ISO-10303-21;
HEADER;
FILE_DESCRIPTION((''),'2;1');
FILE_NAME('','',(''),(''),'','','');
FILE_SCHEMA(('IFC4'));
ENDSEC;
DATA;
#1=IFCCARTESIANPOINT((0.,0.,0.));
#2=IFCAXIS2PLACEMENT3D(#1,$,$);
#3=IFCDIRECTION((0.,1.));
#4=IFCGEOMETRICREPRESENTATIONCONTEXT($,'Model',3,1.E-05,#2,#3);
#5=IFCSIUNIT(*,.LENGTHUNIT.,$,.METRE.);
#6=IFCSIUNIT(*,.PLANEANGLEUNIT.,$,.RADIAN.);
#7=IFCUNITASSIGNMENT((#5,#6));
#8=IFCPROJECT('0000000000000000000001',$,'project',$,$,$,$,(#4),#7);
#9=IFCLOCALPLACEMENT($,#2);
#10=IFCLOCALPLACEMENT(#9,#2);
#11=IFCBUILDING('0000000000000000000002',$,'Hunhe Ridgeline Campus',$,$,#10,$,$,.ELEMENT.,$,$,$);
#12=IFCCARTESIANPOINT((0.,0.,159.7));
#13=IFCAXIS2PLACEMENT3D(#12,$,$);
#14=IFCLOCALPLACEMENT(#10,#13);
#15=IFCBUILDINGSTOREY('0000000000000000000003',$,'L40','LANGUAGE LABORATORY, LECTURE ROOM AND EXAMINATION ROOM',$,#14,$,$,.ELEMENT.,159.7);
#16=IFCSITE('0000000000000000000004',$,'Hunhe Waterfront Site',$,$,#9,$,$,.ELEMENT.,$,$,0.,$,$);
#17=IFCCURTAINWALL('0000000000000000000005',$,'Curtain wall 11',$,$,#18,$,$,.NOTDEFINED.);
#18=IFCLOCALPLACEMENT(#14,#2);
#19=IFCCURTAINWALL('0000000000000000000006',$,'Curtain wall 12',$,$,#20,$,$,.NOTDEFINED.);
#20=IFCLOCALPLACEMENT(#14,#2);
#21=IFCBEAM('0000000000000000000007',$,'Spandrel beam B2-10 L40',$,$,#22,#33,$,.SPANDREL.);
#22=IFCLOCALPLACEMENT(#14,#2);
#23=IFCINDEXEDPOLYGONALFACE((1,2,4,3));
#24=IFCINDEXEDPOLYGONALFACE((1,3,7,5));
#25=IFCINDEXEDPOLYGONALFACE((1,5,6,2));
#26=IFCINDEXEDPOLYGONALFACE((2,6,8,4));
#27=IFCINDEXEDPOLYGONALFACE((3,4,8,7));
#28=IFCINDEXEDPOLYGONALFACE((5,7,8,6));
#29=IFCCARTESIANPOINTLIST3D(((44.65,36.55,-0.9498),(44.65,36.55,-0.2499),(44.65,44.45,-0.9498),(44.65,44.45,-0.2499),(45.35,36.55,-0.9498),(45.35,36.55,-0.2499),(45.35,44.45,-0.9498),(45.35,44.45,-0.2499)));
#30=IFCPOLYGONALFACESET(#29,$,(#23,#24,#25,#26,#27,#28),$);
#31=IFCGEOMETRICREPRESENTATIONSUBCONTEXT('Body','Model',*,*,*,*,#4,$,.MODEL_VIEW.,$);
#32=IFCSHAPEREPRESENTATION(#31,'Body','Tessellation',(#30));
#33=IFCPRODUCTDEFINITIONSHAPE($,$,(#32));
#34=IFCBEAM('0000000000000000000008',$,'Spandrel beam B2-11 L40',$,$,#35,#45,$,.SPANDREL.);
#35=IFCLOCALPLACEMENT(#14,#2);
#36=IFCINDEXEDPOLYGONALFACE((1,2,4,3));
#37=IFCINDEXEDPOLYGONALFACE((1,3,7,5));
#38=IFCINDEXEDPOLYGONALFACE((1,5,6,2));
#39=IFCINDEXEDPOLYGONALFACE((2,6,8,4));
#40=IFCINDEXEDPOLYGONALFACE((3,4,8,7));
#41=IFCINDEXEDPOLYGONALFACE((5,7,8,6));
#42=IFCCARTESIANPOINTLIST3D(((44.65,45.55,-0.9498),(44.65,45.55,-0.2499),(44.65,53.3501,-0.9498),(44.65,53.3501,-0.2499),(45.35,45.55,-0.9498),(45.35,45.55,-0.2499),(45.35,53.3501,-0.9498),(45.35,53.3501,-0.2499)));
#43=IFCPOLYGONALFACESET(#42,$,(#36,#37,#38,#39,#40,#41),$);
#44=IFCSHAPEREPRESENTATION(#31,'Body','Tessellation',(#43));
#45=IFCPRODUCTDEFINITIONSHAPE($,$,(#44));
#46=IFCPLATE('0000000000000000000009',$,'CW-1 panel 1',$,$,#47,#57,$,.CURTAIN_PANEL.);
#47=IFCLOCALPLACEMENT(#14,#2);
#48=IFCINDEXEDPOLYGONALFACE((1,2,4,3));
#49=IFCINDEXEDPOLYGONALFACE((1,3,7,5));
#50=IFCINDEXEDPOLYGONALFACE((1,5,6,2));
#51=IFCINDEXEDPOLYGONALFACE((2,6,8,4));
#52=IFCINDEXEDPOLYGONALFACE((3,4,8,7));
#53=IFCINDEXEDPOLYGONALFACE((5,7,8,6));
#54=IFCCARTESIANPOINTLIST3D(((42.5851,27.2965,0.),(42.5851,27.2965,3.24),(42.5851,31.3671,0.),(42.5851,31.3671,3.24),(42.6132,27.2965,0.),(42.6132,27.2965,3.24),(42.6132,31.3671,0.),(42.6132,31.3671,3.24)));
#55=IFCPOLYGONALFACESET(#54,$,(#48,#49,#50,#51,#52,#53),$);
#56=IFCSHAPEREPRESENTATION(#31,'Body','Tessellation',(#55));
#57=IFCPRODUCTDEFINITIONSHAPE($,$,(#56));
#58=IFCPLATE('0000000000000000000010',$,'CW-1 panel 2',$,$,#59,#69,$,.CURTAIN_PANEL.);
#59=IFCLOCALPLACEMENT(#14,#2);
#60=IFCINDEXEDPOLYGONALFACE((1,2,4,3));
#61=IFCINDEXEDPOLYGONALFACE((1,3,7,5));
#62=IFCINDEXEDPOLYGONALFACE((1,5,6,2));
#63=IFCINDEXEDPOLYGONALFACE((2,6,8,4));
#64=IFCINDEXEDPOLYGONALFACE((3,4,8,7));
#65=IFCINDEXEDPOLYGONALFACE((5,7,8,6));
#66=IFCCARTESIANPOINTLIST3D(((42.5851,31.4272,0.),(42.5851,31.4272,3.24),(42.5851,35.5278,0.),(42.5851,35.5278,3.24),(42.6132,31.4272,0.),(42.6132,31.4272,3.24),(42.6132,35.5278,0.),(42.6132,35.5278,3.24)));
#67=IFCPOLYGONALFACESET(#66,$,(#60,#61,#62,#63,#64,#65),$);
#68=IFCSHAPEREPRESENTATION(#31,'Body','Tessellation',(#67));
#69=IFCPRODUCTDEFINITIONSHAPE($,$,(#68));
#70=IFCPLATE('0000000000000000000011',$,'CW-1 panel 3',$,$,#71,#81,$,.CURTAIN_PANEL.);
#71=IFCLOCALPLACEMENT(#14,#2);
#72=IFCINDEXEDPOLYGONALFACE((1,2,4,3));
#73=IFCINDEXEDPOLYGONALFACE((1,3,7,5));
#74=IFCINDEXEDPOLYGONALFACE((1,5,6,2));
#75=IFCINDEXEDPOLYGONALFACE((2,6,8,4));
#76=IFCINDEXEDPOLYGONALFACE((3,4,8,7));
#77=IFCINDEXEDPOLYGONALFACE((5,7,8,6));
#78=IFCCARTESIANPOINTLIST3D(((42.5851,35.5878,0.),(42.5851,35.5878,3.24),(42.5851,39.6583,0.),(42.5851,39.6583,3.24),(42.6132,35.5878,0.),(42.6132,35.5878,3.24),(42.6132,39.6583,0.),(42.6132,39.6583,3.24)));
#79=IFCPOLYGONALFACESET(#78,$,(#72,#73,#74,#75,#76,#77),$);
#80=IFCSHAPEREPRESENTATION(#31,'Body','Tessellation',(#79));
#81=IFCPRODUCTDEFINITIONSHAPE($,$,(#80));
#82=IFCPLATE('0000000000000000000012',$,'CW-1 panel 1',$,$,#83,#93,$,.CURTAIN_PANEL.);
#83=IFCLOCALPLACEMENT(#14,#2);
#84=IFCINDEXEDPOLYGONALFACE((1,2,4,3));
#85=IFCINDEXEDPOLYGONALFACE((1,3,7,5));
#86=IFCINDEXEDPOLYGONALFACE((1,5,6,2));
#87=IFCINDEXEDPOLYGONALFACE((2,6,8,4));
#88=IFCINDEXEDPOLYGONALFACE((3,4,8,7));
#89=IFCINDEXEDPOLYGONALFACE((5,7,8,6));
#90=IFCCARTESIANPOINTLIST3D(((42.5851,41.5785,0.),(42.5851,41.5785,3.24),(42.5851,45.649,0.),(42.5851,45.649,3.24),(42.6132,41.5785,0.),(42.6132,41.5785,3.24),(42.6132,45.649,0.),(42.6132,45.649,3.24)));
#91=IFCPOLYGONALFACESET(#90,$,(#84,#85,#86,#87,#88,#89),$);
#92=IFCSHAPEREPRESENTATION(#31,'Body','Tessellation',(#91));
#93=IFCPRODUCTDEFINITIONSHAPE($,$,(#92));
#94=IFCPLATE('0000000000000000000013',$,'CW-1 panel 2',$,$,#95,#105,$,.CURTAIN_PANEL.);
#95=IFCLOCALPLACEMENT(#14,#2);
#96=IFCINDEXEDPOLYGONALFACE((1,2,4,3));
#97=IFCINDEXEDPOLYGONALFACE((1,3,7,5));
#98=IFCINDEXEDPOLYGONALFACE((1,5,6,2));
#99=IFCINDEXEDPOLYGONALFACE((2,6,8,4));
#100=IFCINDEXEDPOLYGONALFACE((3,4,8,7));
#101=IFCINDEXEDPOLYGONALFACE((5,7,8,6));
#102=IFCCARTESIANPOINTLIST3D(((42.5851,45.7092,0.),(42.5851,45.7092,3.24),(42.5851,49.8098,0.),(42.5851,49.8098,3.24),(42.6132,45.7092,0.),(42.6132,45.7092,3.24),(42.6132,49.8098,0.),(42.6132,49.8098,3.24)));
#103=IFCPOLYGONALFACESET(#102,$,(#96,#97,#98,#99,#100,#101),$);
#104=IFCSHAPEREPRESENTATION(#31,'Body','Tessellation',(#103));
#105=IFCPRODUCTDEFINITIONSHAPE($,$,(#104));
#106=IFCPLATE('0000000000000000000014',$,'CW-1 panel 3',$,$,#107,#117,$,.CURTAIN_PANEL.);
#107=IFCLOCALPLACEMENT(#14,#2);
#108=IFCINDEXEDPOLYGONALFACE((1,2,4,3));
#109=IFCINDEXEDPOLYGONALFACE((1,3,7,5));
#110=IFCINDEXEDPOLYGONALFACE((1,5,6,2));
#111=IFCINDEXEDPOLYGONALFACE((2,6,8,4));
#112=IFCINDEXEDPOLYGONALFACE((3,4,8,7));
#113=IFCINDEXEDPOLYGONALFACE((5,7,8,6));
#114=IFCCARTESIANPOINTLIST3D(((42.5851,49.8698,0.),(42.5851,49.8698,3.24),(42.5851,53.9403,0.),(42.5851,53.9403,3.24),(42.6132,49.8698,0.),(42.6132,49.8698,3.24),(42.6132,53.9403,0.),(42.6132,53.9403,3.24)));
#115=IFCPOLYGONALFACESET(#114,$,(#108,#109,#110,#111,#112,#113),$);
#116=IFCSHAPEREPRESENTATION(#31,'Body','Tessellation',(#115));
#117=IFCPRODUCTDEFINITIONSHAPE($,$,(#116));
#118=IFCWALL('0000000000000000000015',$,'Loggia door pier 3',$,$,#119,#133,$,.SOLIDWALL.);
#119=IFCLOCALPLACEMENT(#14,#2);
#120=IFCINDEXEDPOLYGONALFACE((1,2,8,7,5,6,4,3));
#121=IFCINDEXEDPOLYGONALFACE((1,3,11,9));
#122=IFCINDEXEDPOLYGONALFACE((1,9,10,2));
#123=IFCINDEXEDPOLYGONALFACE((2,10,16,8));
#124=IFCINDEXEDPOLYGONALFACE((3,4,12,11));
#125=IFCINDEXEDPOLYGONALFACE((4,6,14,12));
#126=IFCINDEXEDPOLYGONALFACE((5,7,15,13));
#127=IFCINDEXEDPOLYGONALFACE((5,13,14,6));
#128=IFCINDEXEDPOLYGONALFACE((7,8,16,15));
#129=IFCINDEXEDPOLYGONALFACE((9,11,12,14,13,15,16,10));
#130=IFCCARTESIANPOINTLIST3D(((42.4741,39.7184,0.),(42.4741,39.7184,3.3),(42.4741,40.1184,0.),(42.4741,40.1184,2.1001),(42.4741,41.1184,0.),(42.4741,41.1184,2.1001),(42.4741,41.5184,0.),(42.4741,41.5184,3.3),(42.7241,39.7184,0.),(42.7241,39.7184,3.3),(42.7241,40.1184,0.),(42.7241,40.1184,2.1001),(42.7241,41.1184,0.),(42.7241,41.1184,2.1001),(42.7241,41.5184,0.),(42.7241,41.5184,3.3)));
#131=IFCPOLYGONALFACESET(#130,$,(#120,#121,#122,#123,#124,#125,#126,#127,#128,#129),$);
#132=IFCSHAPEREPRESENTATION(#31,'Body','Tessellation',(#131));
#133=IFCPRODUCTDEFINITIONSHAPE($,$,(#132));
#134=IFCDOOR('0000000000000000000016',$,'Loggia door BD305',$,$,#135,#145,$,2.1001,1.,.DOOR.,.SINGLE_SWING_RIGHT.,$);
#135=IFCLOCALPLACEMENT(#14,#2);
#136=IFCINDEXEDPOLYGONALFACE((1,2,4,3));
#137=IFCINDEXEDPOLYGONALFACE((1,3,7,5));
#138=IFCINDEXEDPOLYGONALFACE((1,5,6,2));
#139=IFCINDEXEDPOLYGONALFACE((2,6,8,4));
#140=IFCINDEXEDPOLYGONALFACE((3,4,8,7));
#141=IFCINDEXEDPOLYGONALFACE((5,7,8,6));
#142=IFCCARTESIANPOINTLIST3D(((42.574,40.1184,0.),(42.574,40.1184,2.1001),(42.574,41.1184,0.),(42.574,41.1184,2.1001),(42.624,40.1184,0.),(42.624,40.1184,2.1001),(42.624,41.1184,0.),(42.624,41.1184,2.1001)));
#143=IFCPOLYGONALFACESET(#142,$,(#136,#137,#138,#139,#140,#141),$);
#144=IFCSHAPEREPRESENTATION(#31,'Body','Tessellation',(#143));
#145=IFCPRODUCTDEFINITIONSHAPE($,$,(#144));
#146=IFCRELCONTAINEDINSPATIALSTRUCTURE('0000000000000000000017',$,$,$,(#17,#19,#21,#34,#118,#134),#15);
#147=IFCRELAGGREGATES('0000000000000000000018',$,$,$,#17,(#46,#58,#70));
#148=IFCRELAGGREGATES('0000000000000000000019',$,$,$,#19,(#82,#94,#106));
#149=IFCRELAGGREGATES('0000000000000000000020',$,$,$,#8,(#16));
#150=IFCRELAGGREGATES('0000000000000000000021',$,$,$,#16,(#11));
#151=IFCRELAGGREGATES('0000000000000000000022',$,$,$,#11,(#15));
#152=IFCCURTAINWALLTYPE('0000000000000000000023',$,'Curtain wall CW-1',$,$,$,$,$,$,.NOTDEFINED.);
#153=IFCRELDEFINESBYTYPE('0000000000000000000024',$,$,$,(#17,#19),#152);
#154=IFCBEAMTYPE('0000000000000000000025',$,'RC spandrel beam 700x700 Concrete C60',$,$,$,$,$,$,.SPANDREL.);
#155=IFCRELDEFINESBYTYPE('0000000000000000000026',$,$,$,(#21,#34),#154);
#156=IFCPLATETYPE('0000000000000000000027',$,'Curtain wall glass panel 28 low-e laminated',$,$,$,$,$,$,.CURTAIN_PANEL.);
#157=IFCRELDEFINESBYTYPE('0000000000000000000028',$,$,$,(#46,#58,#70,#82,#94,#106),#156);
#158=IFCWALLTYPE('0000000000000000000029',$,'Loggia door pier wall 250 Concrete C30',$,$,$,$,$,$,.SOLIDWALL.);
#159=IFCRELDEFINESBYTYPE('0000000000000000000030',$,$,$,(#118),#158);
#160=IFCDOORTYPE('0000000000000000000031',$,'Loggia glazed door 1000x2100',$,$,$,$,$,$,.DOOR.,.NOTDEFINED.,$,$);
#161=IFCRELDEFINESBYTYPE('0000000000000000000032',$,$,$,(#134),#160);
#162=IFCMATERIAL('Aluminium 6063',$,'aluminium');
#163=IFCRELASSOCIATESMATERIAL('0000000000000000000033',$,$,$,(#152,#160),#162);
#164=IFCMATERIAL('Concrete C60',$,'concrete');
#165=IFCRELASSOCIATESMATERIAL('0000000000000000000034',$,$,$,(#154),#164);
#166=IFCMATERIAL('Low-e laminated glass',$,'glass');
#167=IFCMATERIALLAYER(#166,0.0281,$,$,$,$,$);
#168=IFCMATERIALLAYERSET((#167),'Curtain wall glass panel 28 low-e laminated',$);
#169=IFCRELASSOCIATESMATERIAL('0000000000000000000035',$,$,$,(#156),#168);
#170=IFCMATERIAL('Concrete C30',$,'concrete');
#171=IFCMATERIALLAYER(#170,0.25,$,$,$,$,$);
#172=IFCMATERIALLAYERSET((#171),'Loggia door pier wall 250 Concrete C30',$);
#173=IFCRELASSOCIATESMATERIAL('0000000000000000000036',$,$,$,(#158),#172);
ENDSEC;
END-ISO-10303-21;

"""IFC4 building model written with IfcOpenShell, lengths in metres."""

from ifc_helpers import new_model, si_unit, direction, frame, frame_2d, origin, origin_2d, place, context, subcontext, project, spatial, rectangle, extrude, material, layer, layer_set, material_profile, profile_set, type_object, element, fill, aggregate, save


model = new_model("IFC4")

# Units and contexts
model_context = context("Model", 3, precision=1e-05, world=origin(), true_north=direction((0.0, 1.0)))
body_context = subcontext(model_context, "Body", "Model", "MODEL_VIEW")
ifc_project = project(units=[si_unit("LENGTHUNIT", "METRE"), si_unit("PLANEANGLEUNIT", "RADIAN")], contexts=[model_context])

# Site, building, storey
site_placement = place(None, origin())
site = spatial("IfcSite", under=ifc_project, at=site_placement, Name="Hunhe Waterfront Site", CompositionType="ELEMENT", RefElevation=0.0)
building_placement = place(site_placement, origin())
building = spatial("IfcBuilding", under=site, at=building_placement, Name="Hunhe Ridgeline Campus", CompositionType="ELEMENT")
storey_placement = place(building_placement, frame((0.0, 0.0, 159.7)))
storey = spatial("IfcBuildingStorey", under=building, at=storey_placement, Name="L40", Description="LANGUAGE LABORATORY, LECTURE ROOM AND EXAMINATION ROOM", CompositionType="ELEMENT", Elevation=159.7)

# Curtain walls
ifc_material_1 = material(Name="Aluminium 6063", Category="aluminium")
curtain_wall_type = type_object("IfcCurtainWallType", Name="Curtain wall CW-1", PredefinedType="NOTDEFINED", material=ifc_material_1)
curtain_wall_1_placement = place(storey_placement, origin())
curtain_wall_1 = element("IfcCurtainWall", 1, at=curtain_wall_1_placement, inside=storey, type_object=curtain_wall_type, Name="Curtain wall 11", PredefinedType="NOTDEFINED")
curtain_wall_2_placement = place(storey_placement, origin())
curtain_wall_2 = element("IfcCurtainWall", 2, at=curtain_wall_2_placement, inside=storey, type_object=curtain_wall_type, Name="Curtain wall 12", PredefinedType="NOTDEFINED")

# Beams
ifc_material_2 = material(Name="Concrete C60", Category="concrete")
ifc_material_profile_1 = material_profile(ifc_material_2, rectangle(XDim=0.7, YDim=0.7, at=origin_2d()))
ifc_profile_set_1 = profile_set([ifc_material_profile_1], Name="Concrete C60")
beam_type = type_object("IfcBeamType", Name="RC spandrel beam 700x700 Concrete C60", PredefinedType="SPANDREL", material=ifc_profile_set_1)
beam_1_placement = place(storey_placement, frame((45.0, 36.55, -0.5999), z_axis=(0.0, 1.0, 0.0), x_axis=(-1.0, 0.0, 0.0)))
element("IfcBeam", 3, at=beam_1_placement, inside=storey, type_object=beam_type, Name="Spandrel beam B2-10 L40", PredefinedType="SPANDREL", context=body_context, shape_type="SweptSolid", body=[
    extrude(rectangle(XDim=0.7, YDim=0.7, at=origin_2d()), origin(), (0.0, 0.0, 1.0), 7.8999),
])
beam_2_placement = place(storey_placement, frame((45.0, 45.55, -0.5999), z_axis=(0.0, 1.0, 0.0), x_axis=(-1.0, 0.0, 0.0)))
element("IfcBeam", 4, at=beam_2_placement, inside=storey, type_object=beam_type, Name="Spandrel beam B2-11 L40", PredefinedType="SPANDREL", context=body_context, shape_type="SweptSolid", body=[
    extrude(rectangle(XDim=0.7, YDim=0.7, at=origin_2d()), origin(), (0.0, 0.0, 1.0), 7.8),
])

# Plates
ifc_material_3 = material(Name="Low-e laminated glass", Category="glass")
ifc_layer_1 = layer(ifc_material_3, 0.0281)
ifc_layer_set_1 = layer_set([ifc_layer_1], Name="Curtain wall glass panel 28 low-e laminated")
plate_type = type_object("IfcPlateType", Name="Curtain wall glass panel 28 low-e laminated", PredefinedType="CURTAIN_PANEL", material=ifc_layer_set_1)
plate_1_placement = place(storey_placement, frame((42.5991, 29.3318, 0.0), z_axis=(0.0, 0.0, 1.0), x_axis=(0.000004, 1.0, 0.0)))
plate_1 = element("IfcPlate", 5, at=plate_1_placement, type_object=plate_type, Name="CW-1 panel 1", PredefinedType="CURTAIN_PANEL", context=body_context, shape_type="SweptSolid", body=[
    extrude(rectangle(XDim=4.0706, YDim=0.0281, at=origin_2d()), origin(), (0.0, 0.0, 1.0), 3.24),
])
plate_2_placement = place(storey_placement, frame((42.5991, 33.4775, 0.0), z_axis=(0.0, 0.0, 1.0), x_axis=(0.000004, 1.0, 0.0)))
plate_2 = element("IfcPlate", 6, at=plate_2_placement, type_object=plate_type, Name="CW-1 panel 2", PredefinedType="CURTAIN_PANEL", context=body_context, shape_type="SweptSolid", body=[
    extrude(rectangle(XDim=4.1006, YDim=0.0281, at=origin_2d()), origin(), (0.0, 0.0, 1.0), 3.24),
])
plate_3_placement = place(storey_placement, frame((42.5991, 37.623, 0.0), z_axis=(0.0, 0.0, 1.0), x_axis=(0.000004, 1.0, 0.0)))
plate_3 = element("IfcPlate", 7, at=plate_3_placement, type_object=plate_type, Name="CW-1 panel 3", PredefinedType="CURTAIN_PANEL", context=body_context, shape_type="SweptSolid", body=[
    extrude(rectangle(XDim=4.0706, YDim=0.0281, at=origin_2d()), origin(), (0.0, 0.0, 1.0), 3.24),
])
aggregate(curtain_wall_1, [plate_1, plate_2, plate_3])
plate_4_placement = place(storey_placement, frame((42.5991, 43.6138, 0.0), z_axis=(0.0, 0.0, 1.0), x_axis=(0.000004, 1.0, 0.0)))
plate_4 = element("IfcPlate", 8, at=plate_4_placement, type_object=plate_type, Name="CW-1 panel 1", PredefinedType="CURTAIN_PANEL", context=body_context, shape_type="SweptSolid", body=[
    extrude(rectangle(XDim=4.0706, YDim=0.0281, at=origin_2d()), origin(), (0.0, 0.0, 1.0), 3.24),
])
plate_5_placement = place(storey_placement, frame((42.5991, 47.7595, 0.0), z_axis=(0.0, 0.0, 1.0), x_axis=(0.000004, 1.0, 0.0)))
plate_5 = element("IfcPlate", 9, at=plate_5_placement, type_object=plate_type, Name="CW-1 panel 2", PredefinedType="CURTAIN_PANEL", context=body_context, shape_type="SweptSolid", body=[
    extrude(rectangle(XDim=4.1006, YDim=0.0281, at=origin_2d()), origin(), (0.0, 0.0, 1.0), 3.24),
])
plate_6_placement = place(storey_placement, frame((42.5991, 51.905, 0.0), z_axis=(0.0, 0.0, 1.0), x_axis=(0.000004, 1.0, 0.0)))
plate_6 = element("IfcPlate", 10, at=plate_6_placement, type_object=plate_type, Name="CW-1 panel 3", PredefinedType="CURTAIN_PANEL", context=body_context, shape_type="SweptSolid", body=[
    extrude(rectangle(XDim=4.0706, YDim=0.0281, at=origin_2d()), origin(), (0.0, 0.0, 1.0), 3.24),
])
aggregate(curtain_wall_2, [plate_4, plate_5, plate_6])

# Wall, opening, door
ifc_material_4 = material(Name="Concrete C30", Category="concrete")
ifc_layer_2 = layer(ifc_material_4, 0.25)
ifc_layer_set_2 = layer_set([ifc_layer_2], Name="Loggia door pier wall 250 Concrete C30")
wall_type = type_object("IfcWallType", Name="Loggia door pier wall 250 Concrete C30", PredefinedType="SOLIDWALL", material=ifc_layer_set_2)
wall_placement = place(storey_placement, frame((42.5991, 39.7185, 0.0), z_axis=(0.0, 0.0, 1.0), x_axis=(0.0, 1.0, 0.0)))
wall = element("IfcWall", 11, at=wall_placement, inside=storey, type_object=wall_type, Name="Loggia door pier 3", PredefinedType="SOLIDWALL", context=body_context, shape_type="SweptSolid", body=[
    extrude(rectangle(XDim=1.8, YDim=0.25, at=frame_2d((0.8999, 0.0))), origin(), (0.0, 0.0, 1.0), 3.3),
])
opening_placement = place(wall_placement, frame((0.3999, 0.0, 0.0)))
opening = element("IfcOpeningElement", 12, at=opening_placement, cuts=wall, PredefinedType="OPENING", context=body_context, shape_type="SweptSolid", body=[
    extrude(rectangle(XDim=1.0, YDim=2.1001, at=frame_2d((0.5, 1.05))), frame((0.0, 0.125, 0.0), z_axis=(0.0, -1.0, 0.0), x_axis=(1.0, 0.0, 0.0)), (0.0, 0.0, 1.0), 0.25),
])
door_type = type_object("IfcDoorType", Name="Loggia glazed door 1000x2100", OperationType="NOTDEFINED", PredefinedType="DOOR", material=ifc_material_1)
door_placement = place(opening_placement, frame((1.0, 0.0, 0.0), z_axis=(0.0, 0.0, 1.0), x_axis=(-1.0, 0.0, 0.0)))
door = element("IfcDoor", 13, at=door_placement, inside=storey, type_object=door_type, Name="Loggia door BD305", OperationType="SINGLE_SWING_RIGHT", OverallHeight=2.1001, OverallWidth=1.0, PredefinedType="DOOR", context=body_context, shape_type="SweptSolid", body=[
    extrude(rectangle(XDim=1.0, YDim=2.1001, at=frame_2d((0.5, 1.05))), frame((0.0, 0.0249, 0.0), z_axis=(0.0, -1.0, 0.0), x_axis=(1.0, 0.0, 0.0)), (0.0, 0.0, 1.0), 0.05),
])
fill(opening, door)

save(model, "model.ifc")
